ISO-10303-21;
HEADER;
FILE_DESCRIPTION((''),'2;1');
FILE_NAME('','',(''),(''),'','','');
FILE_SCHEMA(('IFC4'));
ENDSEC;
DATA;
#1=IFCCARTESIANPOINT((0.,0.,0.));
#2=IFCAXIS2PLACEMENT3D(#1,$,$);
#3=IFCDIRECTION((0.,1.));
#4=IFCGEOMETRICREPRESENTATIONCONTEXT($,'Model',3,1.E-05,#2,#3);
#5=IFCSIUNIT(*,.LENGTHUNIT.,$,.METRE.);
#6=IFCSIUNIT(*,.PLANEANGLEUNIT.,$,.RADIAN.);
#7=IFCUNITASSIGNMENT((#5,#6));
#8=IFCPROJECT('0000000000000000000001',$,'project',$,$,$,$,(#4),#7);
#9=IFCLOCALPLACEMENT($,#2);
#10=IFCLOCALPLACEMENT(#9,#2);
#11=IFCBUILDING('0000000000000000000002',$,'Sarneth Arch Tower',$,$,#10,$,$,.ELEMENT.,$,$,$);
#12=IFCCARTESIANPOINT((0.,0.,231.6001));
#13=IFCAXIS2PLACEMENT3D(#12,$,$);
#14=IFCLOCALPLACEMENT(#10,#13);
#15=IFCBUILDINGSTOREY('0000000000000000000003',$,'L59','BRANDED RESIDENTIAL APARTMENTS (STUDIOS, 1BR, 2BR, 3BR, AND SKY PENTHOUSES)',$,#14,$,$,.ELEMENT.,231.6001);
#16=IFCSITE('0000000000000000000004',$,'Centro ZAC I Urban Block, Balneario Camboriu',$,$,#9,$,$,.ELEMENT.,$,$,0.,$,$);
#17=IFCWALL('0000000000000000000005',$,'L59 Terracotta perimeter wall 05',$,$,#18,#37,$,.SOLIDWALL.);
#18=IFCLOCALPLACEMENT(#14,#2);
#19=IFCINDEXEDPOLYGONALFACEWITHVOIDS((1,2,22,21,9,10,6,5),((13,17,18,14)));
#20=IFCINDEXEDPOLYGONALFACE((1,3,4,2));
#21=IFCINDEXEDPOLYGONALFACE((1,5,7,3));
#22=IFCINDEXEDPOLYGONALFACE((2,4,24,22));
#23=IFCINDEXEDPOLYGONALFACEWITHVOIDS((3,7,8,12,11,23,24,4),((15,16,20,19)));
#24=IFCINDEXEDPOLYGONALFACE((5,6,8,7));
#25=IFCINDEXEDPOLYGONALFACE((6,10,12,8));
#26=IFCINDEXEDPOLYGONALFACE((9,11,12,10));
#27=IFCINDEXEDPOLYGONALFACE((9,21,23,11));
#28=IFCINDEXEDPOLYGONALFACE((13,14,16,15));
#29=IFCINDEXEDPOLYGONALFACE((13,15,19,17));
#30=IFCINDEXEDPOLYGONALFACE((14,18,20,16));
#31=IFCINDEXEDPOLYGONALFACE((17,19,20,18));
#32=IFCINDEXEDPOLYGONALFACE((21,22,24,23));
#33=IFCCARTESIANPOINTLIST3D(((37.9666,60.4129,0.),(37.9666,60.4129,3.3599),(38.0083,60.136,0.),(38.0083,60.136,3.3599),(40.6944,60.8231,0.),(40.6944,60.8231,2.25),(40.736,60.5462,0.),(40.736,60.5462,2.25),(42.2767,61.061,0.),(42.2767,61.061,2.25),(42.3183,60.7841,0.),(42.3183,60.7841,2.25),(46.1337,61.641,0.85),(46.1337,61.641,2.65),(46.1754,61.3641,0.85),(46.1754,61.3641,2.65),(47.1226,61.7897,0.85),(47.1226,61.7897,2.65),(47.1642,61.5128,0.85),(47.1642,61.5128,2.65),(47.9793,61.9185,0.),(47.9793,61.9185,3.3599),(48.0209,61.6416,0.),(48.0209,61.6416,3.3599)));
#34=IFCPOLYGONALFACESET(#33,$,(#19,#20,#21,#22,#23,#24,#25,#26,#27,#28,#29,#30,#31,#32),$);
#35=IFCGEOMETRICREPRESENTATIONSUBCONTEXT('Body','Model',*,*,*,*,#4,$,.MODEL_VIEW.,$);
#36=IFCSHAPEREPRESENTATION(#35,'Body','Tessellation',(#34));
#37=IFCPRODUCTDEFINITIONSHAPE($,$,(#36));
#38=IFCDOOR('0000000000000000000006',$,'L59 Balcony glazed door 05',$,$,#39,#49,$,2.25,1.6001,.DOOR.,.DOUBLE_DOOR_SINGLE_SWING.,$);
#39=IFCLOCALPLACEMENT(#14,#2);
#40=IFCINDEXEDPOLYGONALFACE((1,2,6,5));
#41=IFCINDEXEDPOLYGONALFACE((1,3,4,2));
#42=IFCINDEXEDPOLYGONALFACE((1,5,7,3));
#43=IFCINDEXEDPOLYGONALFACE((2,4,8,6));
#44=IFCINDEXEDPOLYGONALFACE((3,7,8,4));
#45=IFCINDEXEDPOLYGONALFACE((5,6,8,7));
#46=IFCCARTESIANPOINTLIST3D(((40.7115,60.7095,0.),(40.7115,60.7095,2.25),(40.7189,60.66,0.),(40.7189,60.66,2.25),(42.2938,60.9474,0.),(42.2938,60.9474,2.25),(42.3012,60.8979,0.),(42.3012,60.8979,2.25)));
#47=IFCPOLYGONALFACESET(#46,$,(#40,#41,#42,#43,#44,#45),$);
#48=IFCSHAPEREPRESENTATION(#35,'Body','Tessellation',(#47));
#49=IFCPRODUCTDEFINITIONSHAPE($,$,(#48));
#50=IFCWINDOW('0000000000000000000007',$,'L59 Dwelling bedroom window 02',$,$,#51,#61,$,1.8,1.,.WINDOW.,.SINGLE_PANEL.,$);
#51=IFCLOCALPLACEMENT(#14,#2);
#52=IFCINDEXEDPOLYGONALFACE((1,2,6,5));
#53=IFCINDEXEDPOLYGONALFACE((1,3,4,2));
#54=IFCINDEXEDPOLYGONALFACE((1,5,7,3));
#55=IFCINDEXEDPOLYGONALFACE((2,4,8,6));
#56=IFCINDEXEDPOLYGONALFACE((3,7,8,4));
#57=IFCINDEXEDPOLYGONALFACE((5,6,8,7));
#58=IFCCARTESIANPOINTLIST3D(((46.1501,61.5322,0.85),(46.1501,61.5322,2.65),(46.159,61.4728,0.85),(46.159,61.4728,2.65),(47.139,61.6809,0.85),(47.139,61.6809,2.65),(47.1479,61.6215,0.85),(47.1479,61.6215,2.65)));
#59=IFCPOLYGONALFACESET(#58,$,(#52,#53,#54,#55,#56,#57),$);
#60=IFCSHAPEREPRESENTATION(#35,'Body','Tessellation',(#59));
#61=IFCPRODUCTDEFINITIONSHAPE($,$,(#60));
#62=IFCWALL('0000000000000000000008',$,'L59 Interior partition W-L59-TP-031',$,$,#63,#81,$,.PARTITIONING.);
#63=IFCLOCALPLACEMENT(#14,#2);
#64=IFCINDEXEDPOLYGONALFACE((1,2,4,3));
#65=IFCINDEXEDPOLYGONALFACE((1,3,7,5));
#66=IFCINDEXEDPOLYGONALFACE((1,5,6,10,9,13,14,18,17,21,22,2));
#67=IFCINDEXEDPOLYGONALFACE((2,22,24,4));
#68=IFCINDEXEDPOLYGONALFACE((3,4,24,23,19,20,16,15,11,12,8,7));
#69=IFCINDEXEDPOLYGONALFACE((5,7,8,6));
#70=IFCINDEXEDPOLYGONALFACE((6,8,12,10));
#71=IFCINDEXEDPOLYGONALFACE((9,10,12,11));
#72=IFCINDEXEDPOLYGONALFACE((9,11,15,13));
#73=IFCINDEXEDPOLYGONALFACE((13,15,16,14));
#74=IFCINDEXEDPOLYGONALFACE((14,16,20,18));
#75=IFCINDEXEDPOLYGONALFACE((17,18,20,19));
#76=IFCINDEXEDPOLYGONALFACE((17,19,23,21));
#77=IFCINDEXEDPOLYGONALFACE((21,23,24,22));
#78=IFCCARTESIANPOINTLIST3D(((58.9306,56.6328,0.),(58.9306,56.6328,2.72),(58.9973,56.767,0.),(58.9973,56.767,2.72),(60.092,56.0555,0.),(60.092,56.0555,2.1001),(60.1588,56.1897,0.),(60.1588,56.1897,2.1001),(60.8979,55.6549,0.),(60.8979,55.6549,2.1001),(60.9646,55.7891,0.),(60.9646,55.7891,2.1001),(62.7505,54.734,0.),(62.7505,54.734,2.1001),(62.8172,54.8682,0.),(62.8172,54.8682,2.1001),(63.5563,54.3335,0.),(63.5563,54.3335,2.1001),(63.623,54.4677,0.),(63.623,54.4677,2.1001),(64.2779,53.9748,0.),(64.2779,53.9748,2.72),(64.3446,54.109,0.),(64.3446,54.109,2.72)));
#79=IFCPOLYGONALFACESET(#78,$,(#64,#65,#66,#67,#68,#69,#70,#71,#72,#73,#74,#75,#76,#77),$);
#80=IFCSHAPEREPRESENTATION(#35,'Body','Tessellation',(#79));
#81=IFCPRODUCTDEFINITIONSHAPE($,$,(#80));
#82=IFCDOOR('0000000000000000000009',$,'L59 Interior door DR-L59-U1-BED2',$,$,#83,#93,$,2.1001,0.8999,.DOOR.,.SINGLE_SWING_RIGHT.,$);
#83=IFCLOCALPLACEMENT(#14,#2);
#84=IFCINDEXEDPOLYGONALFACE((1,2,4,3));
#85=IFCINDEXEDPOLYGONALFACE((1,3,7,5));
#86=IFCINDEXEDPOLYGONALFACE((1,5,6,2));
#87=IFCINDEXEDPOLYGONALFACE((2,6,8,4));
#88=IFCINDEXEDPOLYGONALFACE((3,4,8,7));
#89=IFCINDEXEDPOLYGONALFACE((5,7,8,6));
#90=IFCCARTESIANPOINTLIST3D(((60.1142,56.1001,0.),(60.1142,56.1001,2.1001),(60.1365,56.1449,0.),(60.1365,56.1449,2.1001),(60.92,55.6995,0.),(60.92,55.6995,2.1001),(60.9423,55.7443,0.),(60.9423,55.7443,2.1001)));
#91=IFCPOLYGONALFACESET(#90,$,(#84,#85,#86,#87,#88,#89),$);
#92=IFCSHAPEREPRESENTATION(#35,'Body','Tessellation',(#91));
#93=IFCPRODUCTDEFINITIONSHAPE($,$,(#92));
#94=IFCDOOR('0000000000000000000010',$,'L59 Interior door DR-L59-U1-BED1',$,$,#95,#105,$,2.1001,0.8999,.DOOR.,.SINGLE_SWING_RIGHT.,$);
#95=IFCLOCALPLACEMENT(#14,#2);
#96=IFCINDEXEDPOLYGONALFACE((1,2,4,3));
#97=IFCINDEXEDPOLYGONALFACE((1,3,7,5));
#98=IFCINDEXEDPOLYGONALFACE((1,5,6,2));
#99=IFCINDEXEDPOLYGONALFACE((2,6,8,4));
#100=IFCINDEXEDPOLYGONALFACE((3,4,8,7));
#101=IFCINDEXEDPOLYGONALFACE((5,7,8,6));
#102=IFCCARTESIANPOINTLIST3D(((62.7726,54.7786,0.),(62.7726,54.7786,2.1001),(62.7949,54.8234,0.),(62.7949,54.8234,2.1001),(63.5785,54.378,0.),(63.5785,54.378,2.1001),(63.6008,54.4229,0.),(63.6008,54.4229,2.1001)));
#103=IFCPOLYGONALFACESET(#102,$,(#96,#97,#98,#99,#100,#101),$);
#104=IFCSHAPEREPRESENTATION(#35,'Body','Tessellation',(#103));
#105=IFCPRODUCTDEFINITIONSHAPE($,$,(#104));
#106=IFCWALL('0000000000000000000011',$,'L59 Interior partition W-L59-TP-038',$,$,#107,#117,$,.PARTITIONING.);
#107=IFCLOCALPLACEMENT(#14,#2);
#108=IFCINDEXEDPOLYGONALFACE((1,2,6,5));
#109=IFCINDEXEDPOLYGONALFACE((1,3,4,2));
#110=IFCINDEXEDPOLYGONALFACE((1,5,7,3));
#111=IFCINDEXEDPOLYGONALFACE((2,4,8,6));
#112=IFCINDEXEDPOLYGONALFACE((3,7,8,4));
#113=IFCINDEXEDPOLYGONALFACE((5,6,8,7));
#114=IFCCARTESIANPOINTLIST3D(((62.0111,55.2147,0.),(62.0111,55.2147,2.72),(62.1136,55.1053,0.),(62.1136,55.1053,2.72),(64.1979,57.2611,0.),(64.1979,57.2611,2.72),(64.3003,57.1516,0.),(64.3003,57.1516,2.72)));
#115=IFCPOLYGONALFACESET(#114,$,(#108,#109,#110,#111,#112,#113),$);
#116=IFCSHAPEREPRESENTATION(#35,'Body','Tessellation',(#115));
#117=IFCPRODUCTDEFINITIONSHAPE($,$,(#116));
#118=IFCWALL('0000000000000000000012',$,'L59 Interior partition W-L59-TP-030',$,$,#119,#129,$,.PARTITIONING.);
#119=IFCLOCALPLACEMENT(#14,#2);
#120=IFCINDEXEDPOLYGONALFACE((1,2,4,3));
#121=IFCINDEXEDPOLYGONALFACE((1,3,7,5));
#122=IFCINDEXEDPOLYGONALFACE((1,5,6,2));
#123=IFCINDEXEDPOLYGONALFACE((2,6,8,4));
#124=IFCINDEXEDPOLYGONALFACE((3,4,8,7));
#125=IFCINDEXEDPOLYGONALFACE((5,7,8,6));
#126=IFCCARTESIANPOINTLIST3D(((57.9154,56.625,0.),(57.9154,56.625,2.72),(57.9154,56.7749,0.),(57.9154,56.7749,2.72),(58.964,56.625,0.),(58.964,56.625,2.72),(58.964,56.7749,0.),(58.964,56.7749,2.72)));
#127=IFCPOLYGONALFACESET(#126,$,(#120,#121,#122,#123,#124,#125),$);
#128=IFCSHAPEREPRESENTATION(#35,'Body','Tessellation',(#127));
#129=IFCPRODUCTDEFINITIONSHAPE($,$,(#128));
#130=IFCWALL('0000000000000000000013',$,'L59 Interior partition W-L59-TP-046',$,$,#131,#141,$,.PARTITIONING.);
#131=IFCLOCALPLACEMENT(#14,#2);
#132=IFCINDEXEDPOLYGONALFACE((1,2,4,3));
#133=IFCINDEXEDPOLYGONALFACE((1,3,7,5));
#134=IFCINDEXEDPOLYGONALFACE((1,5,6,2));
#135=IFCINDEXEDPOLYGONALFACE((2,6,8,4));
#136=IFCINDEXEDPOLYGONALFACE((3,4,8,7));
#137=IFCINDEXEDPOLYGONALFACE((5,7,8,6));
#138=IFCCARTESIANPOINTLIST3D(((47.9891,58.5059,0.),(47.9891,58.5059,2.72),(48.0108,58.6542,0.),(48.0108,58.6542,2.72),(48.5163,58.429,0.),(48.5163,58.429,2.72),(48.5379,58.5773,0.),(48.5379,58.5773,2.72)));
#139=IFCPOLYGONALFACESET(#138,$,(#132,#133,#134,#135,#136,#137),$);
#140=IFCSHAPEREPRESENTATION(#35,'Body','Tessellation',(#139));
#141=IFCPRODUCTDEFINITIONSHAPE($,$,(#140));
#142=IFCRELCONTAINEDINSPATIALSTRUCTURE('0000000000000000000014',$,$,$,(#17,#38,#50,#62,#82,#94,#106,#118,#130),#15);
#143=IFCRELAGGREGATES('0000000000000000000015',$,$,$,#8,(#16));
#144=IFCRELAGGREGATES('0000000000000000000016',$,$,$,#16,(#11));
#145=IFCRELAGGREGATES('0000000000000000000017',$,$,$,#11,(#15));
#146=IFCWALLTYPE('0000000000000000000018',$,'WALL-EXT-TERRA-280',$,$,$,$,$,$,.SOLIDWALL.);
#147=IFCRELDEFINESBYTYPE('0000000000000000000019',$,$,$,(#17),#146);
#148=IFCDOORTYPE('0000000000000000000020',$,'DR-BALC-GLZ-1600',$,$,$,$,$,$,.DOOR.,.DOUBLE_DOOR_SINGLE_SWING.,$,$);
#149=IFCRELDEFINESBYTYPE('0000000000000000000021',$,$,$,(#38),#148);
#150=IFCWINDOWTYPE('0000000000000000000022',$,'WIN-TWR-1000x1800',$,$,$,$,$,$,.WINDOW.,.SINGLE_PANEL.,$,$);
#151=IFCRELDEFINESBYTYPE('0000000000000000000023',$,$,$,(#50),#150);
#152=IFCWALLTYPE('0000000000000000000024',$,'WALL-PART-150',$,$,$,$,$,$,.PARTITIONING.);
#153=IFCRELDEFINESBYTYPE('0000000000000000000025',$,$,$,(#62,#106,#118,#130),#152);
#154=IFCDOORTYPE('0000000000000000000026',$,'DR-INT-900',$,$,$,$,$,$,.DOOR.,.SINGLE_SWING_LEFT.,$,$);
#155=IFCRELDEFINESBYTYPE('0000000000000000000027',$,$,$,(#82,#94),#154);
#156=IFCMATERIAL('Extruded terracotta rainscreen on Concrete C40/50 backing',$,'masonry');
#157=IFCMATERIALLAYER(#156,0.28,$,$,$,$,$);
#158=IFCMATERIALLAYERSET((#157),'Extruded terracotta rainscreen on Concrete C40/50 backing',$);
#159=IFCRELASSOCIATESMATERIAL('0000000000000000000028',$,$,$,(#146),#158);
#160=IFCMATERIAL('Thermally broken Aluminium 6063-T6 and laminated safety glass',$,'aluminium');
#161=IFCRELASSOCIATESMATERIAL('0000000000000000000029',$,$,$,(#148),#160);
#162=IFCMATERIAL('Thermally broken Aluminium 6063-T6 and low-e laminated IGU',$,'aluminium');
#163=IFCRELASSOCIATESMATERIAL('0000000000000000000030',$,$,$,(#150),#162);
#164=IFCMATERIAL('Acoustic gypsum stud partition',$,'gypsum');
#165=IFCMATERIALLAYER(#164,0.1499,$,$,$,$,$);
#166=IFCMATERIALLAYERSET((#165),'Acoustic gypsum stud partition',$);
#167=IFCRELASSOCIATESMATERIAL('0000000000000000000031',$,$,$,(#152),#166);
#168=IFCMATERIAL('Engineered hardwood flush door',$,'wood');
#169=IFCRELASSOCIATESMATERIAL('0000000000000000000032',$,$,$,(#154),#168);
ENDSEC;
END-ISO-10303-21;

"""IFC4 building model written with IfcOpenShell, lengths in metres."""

from ifc_helpers import new_model, si_unit, direction, frame, frame_2d, origin, place, context, subcontext, project, spatial, rectangle, extrude, material, layer, layer_set, type_object, element, fill, save


model = new_model("IFC4")

# Units and contexts
model_context = context("Model", 3, precision=1e-05, world=origin(), true_north=direction((0.0, 1.0)))
body_context = subcontext(model_context, "Body", "Model", "MODEL_VIEW")
ifc_project = project(units=[si_unit("LENGTHUNIT", "METRE"), si_unit("PLANEANGLEUNIT", "RADIAN")], contexts=[model_context])

# Site, building, storey
site_placement = place(None, origin())
site = spatial("IfcSite", under=ifc_project, at=site_placement, Name="Centro ZAC I Urban Block, Balneario Camboriu", CompositionType="ELEMENT", RefElevation=0.0)
building_placement = place(site_placement, origin())
building = spatial("IfcBuilding", under=site, at=building_placement, Name="Sarneth Arch Tower", CompositionType="ELEMENT")
storey_placement = place(building_placement, frame((0.0, 0.0, 231.6001)))
storey = spatial("IfcBuildingStorey", under=building, at=storey_placement, Name="L59", Description="BRANDED RESIDENTIAL APARTMENTS (STUDIOS, 1BR, 2BR, 3BR, AND SKY PENTHOUSES)", CompositionType="ELEMENT", Elevation=231.6001)

# Wall, openings, door, window
ifc_material_1 = material(Name="Extruded terracotta rainscreen on Concrete C40/50 backing", Category="masonry")
ifc_layer_1 = layer(ifc_material_1, 0.28)
ifc_layer_set_1 = layer_set([ifc_layer_1], Name="Extruded terracotta rainscreen on Concrete C40/50 backing")
wall_type_1 = type_object("IfcWallType", Name="WALL-EXT-TERRA-280", PredefinedType="SOLIDWALL", material=ifc_layer_set_1)
wall_1_placement = place(storey_placement, frame((48.0, 61.78, 0.0), z_axis=(0.0, 0.0, 1.0), x_axis=(-0.988883, -0.148699, 0.0)))
wall_1 = element("IfcWall", 1, at=wall_1_placement, inside=storey, type_object=wall_type_1, Name="L59 Terracotta perimeter wall 05", PredefinedType="SOLIDWALL", context=body_context, shape_type="SweptSolid", body=[
    extrude(rectangle(XDim=10.1252, YDim=0.28, at=frame_2d((5.0625, 0.0))), origin(), (0.0, 0.0, 1.0), 3.3599),
])
opening_1_placement = place(wall_1_placement, frame((5.7666, 0.0, 0.0)))
opening_1 = element("IfcOpeningElement", 2, at=opening_1_placement, cuts=wall_1, PredefinedType="OPENING", context=body_context, shape_type="SweptSolid", body=[
    extrude(rectangle(XDim=1.6001, YDim=2.25, at=frame_2d((0.8, 1.125))), frame((0.0, 0.1499, 0.0), z_axis=(0.0, -1.0, 0.0), x_axis=(1.0, 0.0, 0.0)), (0.0, 0.0, 1.0), 0.3),
])
opening_2_placement = place(wall_1_placement, frame((0.8662, 0.0, 0.8501)))
opening_2 = element("IfcOpeningElement", 3, at=opening_2_placement, cuts=wall_1, PredefinedType="OPENING", context=body_context, shape_type="SweptSolid", body=[
    extrude(rectangle(XDim=1.0, YDim=1.8, at=frame_2d((0.5, 0.8999))), frame((0.0, 0.1499, 0.0), z_axis=(0.0, -1.0, 0.0), x_axis=(1.0, 0.0, 0.0)), (0.0, 0.0, 1.0), 0.3),
])
ifc_material_2 = material(Name="Thermally broken Aluminium 6063-T6 and laminated safety glass", Category="aluminium")
door_type_1 = type_object("IfcDoorType", Name="DR-BALC-GLZ-1600", OperationType="DOUBLE_DOOR_SINGLE_SWING", PredefinedType="DOOR", material=ifc_material_2)
door_1_placement = place(opening_1_placement, origin())
door_1 = element("IfcDoor", 4, at=door_1_placement, inside=storey, type_object=door_type_1, Name="L59 Balcony glazed door 05", OperationType="DOUBLE_DOOR_SINGLE_SWING", OverallHeight=2.25, OverallWidth=1.6001, PredefinedType="DOOR", context=body_context, shape_type="SweptSolid", body=[
    extrude(rectangle(XDim=1.6001, YDim=2.25, at=frame_2d((0.8, 1.125))), frame((0.0, 0.0249, 0.0), z_axis=(0.0, -1.0, 0.0), x_axis=(1.0, 0.0, 0.0)), (0.0, 0.0, 1.0), 0.05),
])
fill(opening_1, door_1)
ifc_material_3 = material(Name="Thermally broken Aluminium 6063-T6 and low-e laminated IGU", Category="aluminium")
window_type = type_object("IfcWindowType", Name="WIN-TWR-1000x1800", PartitioningType="SINGLE_PANEL", PredefinedType="WINDOW", material=ifc_material_3)
window_placement = place(opening_2_placement, origin())
window = element("IfcWindow", 5, at=window_placement, inside=storey, type_object=window_type, Name="L59 Dwelling bedroom window 02", OverallHeight=1.8, OverallWidth=1.0, PartitioningType="SINGLE_PANEL", PredefinedType="WINDOW", context=body_context, shape_type="SweptSolid", body=[
    extrude(rectangle(XDim=1.0, YDim=1.8, at=frame_2d((0.5, 0.8999))), frame((0.0, 0.03, 0.0), z_axis=(0.0, -1.0, 0.0), x_axis=(1.0, 0.0, 0.0)), (0.0, 0.0, 1.0), 0.0601),
])
fill(opening_2, window)

# Wall, openings, doors
ifc_material_4 = material(Name="Acoustic gypsum stud partition", Category="gypsum")
ifc_layer_2 = layer(ifc_material_4, 0.1499)
ifc_layer_set_2 = layer_set([ifc_layer_2], Name="Acoustic gypsum stud partition")
wall_type_2 = type_object("IfcWallType", Name="WALL-PART-150", PredefinedType="PARTITIONING", material=ifc_layer_set_2)
wall_2_placement = place(storey_placement, frame((58.9639, 56.7, 0.0), z_axis=(0.0, 0.0, 1.0), x_axis=(0.895471, -0.445119, 0.0)))
wall_2 = element("IfcWall", 6, at=wall_2_placement, inside=storey, type_object=wall_type_2, Name="L59 Interior partition W-L59-TP-031", PredefinedType="PARTITIONING", context=body_context, shape_type="SweptSolid", body=[
    extrude(rectangle(XDim=5.9714, YDim=0.1499, at=frame_2d((2.9858, 0.0))), origin(), (0.0, 0.0, 1.0), 2.72),
])
opening_3_placement = place(wall_2_placement, frame((1.2971, 0.0, 0.0)))
opening_3 = element("IfcOpeningElement", 7, at=opening_3_placement, cuts=wall_2, PredefinedType="OPENING", context=body_context, shape_type="SweptSolid", body=[
    extrude(rectangle(XDim=0.8999, YDim=2.1001, at=frame_2d((0.45, 1.05))), frame((0.0, 0.085, 0.0), z_axis=(0.0, -1.0, 0.0), x_axis=(1.0, 0.0, 0.0)), (0.0, 0.0, 1.0), 0.1699),
])
opening_4_placement = place(wall_2_placement, frame((4.2659, 0.0, 0.0)))
opening_4 = element("IfcOpeningElement", 8, at=opening_4_placement, cuts=wall_2, PredefinedType="OPENING", context=body_context, shape_type="SweptSolid", body=[
    extrude(rectangle(XDim=0.8999, YDim=2.1001, at=frame_2d((0.45, 1.05))), frame((0.0, 0.085, 0.0), z_axis=(0.0, -1.0, 0.0), x_axis=(1.0, 0.0, 0.0)), (0.0, 0.0, 1.0), 0.1699),
])
ifc_material_5 = material(Name="Engineered hardwood flush door", Category="wood")
door_type_2 = type_object("IfcDoorType", Name="DR-INT-900", OperationType="SINGLE_SWING_LEFT", PredefinedType="DOOR", material=ifc_material_5)
door_2_placement = place(opening_3_placement, origin())
door_2 = element("IfcDoor", 9, at=door_2_placement, inside=storey, type_object=door_type_2, Name="L59 Interior door DR-L59-U1-BED2", OperationType="SINGLE_SWING_RIGHT", OverallHeight=2.1001, OverallWidth=0.8999, PredefinedType="DOOR", context=body_context, shape_type="SweptSolid", body=[
    extrude(rectangle(XDim=0.8999, YDim=2.1001, at=frame_2d((0.45, 1.05))), frame((0.0, 0.0249, 0.0), z_axis=(0.0, -1.0, 0.0), x_axis=(1.0, 0.0, 0.0)), (0.0, 0.0, 1.0), 0.05),
])
fill(opening_3, door_2)
door_3_placement = place(opening_4_placement, origin())
door_3 = element("IfcDoor", 10, at=door_3_placement, inside=storey, type_object=door_type_2, Name="L59 Interior door DR-L59-U1-BED1", OperationType="SINGLE_SWING_RIGHT", OverallHeight=2.1001, OverallWidth=0.8999, PredefinedType="DOOR", context=body_context, shape_type="SweptSolid", body=[
    extrude(rectangle(XDim=0.8999, YDim=2.1001, at=frame_2d((0.45, 1.05))), frame((0.0, 0.0249, 0.0), z_axis=(0.0, -1.0, 0.0), x_axis=(1.0, 0.0, 0.0)), (0.0, 0.0, 1.0), 0.05),
])
fill(opening_4, door_3)

# Walls
wall_3_placement = place(storey_placement, frame((62.0623, 55.1599, 0.0), z_axis=(0.0, 0.0, 1.0), x_axis=(0.730155, 0.683282, 0.0)))
element("IfcWall", 11, at=wall_3_placement, inside=storey, type_object=wall_type_2, Name="L59 Interior partition W-L59-TP-038", PredefinedType="PARTITIONING", context=body_context, shape_type="SweptSolid", body=[
    extrude(rectangle(XDim=2.9949, YDim=0.1499, at=frame_2d((1.4976, 0.0))), origin(), (0.0, 0.0, 1.0), 2.72),
])
wall_4_placement = place(storey_placement, frame((57.9153, 56.7, 0.0), z_axis=(0.0, 0.0, 1.0), x_axis=(1.0, 0.0, 0.0)))
element("IfcWall", 12, at=wall_4_placement, inside=storey, type_object=wall_type_2, Name="L59 Interior partition W-L59-TP-030", PredefinedType="PARTITIONING", context=body_context, shape_type="SweptSolid", body=[
    extrude(rectangle(XDim=1.0486, YDim=0.1499, at=frame_2d((0.5244, 0.0))), origin(), (0.0, 0.0, 1.0), 2.72),
])
wall_5_placement = place(storey_placement, frame((48.5271, 58.5032, 0.0), z_axis=(0.0, 0.0, 1.0), x_axis=(-0.989523, 0.144372, 0.0)))
element("IfcWall", 13, at=wall_5_placement, inside=storey, type_object=wall_type_2, Name="L59 Interior partition W-L59-TP-046", PredefinedType="PARTITIONING", context=body_context, shape_type="SweptSolid", body=[
    extrude(rectangle(XDim=0.5327, YDim=0.1499, at=frame_2d((0.2664, 0.0))), origin(), (0.0, 0.0, 1.0), 2.72),
])

save(model, "model.ifc")
